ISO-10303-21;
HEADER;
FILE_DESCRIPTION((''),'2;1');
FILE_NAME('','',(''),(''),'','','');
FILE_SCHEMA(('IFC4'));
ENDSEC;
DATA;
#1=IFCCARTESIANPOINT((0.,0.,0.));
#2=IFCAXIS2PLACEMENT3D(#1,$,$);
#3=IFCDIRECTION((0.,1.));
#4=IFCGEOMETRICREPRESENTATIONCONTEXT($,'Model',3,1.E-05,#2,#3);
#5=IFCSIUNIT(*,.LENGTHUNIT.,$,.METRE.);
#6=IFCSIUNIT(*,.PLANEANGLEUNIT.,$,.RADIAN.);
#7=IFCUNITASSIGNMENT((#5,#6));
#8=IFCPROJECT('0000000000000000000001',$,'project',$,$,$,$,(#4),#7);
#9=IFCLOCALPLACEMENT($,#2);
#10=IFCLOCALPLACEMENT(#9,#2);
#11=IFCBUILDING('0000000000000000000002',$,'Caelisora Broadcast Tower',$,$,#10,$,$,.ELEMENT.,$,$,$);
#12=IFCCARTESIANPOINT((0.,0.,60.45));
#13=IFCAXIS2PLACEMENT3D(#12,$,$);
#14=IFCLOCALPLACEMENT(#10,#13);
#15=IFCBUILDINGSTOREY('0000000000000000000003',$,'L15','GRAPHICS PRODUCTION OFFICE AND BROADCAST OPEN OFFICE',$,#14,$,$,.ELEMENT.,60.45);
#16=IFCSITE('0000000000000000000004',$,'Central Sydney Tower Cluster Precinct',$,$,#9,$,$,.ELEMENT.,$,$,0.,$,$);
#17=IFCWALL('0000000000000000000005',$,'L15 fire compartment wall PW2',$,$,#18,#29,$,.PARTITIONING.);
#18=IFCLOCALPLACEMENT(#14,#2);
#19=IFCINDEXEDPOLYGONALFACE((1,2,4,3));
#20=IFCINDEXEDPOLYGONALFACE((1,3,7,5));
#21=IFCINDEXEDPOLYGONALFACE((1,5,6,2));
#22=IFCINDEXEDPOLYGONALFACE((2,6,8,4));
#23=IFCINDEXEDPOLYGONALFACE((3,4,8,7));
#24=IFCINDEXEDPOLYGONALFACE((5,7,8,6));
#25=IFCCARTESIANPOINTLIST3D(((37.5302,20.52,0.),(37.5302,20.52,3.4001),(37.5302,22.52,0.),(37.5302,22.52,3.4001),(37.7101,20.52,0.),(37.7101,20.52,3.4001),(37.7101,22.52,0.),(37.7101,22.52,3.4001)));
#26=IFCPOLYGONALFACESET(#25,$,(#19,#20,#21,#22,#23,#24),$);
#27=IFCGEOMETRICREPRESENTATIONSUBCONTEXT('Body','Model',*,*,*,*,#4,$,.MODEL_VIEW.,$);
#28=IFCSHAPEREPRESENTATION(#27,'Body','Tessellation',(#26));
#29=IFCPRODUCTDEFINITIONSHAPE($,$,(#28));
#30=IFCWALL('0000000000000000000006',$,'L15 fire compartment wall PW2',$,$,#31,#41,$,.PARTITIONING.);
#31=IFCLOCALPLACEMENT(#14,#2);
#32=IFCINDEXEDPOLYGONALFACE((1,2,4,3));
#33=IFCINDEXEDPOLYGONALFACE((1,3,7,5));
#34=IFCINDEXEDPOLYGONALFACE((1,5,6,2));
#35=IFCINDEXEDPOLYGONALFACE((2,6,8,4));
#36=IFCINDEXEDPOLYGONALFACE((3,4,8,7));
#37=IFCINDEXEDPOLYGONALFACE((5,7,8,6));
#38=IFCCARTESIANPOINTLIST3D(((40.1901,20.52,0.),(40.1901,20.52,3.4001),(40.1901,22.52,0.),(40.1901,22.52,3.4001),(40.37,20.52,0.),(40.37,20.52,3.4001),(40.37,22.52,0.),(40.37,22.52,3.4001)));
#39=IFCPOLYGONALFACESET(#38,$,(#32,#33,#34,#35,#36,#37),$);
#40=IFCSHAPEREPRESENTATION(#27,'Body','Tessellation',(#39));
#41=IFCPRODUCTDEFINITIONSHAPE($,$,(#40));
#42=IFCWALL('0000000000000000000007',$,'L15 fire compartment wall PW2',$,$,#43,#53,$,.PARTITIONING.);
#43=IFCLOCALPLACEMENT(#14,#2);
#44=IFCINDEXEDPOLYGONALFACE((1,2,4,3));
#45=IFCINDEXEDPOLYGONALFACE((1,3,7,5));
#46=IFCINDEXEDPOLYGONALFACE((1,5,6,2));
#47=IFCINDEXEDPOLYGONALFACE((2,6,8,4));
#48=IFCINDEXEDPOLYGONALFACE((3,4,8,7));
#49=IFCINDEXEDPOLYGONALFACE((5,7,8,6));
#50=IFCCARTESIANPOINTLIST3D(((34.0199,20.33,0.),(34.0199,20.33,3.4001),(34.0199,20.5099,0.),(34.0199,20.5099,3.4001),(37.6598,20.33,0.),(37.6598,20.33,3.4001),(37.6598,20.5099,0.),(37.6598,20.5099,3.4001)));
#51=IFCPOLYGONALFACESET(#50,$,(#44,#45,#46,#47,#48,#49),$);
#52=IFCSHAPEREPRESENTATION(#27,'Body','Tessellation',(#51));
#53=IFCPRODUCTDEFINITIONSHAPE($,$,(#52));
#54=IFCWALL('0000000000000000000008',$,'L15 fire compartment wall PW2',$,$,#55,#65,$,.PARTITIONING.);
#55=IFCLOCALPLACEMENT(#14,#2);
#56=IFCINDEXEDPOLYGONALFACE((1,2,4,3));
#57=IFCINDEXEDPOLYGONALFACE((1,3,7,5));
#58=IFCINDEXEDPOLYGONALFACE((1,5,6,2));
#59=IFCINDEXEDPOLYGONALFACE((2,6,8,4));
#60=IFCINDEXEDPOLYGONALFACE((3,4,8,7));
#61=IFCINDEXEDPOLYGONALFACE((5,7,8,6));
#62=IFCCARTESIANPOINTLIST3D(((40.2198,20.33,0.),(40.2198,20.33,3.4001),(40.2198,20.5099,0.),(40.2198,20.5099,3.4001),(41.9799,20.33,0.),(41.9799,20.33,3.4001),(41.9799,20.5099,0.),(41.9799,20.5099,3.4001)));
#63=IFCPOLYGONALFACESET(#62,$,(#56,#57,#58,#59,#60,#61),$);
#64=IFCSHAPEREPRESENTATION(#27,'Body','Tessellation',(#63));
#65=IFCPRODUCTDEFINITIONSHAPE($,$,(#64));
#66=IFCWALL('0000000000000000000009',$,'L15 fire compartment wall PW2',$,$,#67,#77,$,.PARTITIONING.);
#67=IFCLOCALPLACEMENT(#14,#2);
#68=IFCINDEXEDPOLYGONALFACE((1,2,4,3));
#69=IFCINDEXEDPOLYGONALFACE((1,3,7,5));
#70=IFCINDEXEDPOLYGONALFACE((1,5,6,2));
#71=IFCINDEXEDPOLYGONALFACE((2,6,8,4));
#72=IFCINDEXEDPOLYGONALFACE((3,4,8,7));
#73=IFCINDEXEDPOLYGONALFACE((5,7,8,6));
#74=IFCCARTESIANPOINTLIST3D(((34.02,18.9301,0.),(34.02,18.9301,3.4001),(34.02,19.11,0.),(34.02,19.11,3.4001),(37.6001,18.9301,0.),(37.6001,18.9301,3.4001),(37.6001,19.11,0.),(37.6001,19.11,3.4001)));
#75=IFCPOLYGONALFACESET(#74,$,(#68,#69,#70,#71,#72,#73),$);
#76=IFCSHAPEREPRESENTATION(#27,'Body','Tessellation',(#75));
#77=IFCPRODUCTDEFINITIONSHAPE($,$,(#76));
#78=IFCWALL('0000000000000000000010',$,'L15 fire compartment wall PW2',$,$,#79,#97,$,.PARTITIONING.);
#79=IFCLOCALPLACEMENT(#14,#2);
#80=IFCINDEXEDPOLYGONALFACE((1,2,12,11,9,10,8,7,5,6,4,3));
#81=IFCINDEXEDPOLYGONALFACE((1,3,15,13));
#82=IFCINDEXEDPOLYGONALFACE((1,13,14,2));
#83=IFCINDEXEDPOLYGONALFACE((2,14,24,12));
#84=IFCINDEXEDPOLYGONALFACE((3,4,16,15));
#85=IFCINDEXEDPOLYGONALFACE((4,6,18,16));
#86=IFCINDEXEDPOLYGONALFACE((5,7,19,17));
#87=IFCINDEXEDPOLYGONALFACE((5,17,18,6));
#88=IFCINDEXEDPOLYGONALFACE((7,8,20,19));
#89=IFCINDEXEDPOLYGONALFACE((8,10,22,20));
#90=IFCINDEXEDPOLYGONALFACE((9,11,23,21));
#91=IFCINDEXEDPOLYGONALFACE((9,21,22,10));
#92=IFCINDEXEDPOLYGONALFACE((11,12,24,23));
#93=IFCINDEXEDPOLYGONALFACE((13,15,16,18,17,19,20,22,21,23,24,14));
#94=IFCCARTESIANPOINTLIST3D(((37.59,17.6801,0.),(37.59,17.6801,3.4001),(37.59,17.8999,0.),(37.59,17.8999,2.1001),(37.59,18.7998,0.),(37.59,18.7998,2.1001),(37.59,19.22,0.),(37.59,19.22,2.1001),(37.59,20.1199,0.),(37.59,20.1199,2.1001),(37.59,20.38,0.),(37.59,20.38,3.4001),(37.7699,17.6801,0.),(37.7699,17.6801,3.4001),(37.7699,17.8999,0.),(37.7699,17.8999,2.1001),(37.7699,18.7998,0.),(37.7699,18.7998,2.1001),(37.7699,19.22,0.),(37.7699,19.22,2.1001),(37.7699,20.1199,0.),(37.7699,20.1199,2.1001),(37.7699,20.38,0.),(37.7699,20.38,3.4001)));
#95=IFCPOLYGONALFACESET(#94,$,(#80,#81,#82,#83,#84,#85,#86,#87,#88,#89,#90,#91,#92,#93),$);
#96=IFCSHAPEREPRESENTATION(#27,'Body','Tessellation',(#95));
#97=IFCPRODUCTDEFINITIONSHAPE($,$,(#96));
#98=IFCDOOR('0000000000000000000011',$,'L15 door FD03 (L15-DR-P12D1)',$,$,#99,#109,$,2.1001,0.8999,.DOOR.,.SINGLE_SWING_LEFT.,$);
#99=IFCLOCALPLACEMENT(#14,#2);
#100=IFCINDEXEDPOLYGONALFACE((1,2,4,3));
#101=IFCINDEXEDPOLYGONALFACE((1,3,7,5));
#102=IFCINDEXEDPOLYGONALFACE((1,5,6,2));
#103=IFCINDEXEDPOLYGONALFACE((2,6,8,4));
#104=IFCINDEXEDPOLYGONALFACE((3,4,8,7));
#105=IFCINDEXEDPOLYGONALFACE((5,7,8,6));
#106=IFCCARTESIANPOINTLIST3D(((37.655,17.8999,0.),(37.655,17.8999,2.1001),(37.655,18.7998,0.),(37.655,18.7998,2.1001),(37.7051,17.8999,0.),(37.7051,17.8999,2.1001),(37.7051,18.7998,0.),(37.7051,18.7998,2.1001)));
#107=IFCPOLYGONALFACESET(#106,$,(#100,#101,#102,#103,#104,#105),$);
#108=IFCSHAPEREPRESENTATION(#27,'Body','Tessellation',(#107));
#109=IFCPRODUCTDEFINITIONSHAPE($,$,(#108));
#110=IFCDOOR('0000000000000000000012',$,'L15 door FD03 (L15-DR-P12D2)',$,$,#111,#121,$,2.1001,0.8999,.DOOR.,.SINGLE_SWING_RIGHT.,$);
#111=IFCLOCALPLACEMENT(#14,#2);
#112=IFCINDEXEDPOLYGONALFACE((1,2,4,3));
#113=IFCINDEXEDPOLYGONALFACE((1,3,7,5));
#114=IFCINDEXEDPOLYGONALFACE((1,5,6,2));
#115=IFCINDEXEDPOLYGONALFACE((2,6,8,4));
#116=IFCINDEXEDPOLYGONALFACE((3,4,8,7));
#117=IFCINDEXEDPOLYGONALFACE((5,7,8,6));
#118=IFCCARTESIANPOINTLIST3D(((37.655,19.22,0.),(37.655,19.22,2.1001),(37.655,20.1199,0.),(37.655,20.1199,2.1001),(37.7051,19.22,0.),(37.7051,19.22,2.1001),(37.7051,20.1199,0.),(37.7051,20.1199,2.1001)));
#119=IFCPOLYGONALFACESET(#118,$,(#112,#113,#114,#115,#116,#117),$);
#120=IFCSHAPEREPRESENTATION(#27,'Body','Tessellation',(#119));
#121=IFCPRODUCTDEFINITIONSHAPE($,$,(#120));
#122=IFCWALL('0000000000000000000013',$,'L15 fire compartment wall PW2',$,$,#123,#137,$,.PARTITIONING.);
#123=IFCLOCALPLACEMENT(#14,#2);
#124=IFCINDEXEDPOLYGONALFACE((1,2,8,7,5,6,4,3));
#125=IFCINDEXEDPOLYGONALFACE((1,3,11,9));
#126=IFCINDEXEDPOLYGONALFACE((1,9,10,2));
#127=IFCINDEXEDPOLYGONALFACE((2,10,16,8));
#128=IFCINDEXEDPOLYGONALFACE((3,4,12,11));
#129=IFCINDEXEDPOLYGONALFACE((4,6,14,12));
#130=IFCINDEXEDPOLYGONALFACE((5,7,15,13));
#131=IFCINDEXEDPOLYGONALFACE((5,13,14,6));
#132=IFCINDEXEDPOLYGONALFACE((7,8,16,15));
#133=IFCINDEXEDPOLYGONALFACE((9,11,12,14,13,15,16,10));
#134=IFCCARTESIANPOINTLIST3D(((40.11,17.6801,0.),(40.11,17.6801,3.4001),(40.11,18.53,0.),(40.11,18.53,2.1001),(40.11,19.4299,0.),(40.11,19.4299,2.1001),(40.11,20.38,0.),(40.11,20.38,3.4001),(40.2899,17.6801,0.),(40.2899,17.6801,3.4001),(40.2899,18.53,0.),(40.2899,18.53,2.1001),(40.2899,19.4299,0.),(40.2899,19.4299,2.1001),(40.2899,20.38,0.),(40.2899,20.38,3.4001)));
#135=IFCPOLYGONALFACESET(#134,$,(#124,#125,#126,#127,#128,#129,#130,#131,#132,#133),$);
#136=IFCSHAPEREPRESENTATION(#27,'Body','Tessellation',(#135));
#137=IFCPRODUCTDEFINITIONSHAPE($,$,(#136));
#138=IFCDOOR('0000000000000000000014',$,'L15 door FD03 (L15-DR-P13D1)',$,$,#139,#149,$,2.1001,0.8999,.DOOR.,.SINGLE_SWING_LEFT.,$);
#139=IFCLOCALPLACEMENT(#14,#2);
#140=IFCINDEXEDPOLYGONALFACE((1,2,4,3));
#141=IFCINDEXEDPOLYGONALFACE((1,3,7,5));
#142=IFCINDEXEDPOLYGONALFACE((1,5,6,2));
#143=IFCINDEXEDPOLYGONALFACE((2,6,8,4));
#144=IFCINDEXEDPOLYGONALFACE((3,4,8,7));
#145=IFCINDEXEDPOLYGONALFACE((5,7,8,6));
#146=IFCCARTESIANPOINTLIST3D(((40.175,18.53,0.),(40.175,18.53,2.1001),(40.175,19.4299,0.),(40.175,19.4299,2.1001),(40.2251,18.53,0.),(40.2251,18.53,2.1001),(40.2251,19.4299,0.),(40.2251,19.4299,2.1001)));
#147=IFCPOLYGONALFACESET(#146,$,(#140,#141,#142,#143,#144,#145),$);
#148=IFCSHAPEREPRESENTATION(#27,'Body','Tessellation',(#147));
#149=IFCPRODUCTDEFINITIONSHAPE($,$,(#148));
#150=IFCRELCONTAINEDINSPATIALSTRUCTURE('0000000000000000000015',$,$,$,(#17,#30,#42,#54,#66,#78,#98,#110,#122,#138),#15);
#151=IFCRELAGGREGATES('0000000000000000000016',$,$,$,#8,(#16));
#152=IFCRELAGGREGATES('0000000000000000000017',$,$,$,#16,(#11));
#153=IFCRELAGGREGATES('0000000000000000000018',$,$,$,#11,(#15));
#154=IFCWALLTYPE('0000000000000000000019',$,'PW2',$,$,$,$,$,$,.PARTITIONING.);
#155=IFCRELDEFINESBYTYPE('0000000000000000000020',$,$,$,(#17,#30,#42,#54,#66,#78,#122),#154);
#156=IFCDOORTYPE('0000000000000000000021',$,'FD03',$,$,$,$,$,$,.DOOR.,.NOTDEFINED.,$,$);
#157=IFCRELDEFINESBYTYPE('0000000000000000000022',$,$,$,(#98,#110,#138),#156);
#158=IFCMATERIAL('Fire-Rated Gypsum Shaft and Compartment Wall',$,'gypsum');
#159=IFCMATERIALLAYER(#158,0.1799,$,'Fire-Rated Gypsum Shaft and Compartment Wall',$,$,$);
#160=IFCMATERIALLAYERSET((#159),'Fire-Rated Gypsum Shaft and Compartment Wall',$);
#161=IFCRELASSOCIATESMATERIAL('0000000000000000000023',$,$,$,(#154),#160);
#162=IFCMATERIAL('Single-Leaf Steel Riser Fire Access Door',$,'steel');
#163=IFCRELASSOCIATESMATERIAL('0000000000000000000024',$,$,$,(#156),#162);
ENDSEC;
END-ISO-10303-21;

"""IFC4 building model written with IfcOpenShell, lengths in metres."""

from ifc_helpers import new_model, si_unit, direction, frame, frame_2d, origin, place, context, subcontext, project, spatial, rectangle, extrude, material, layer, layer_set, type_object, element, fill, save


model = new_model("IFC4")

# Units and contexts
model_context = context("Model", 3, precision=1e-05, world=origin(), true_north=direction((0.0, 1.0)))
body_context = subcontext(model_context, "Body", "Model", "MODEL_VIEW")
ifc_project = project(units=[si_unit("LENGTHUNIT", "METRE"), si_unit("PLANEANGLEUNIT", "RADIAN")], contexts=[model_context])

# Site, building, storey
site_placement = place(None, origin())
site = spatial("IfcSite", under=ifc_project, at=site_placement, Name="Central Sydney Tower Cluster Precinct", CompositionType="ELEMENT", RefElevation=0.0)
building_placement = place(site_placement, origin())
building = spatial("IfcBuilding", under=site, at=building_placement, Name="Caelisora Broadcast Tower", CompositionType="ELEMENT")
storey_placement = place(building_placement, frame((0.0, 0.0, 60.45)))
storey = spatial("IfcBuildingStorey", under=building, at=storey_placement, Name="L15", Description="GRAPHICS PRODUCTION OFFICE AND BROADCAST OPEN OFFICE", CompositionType="ELEMENT", Elevation=60.45)

# Walls
ifc_material_1 = material(Name="Fire-Rated Gypsum Shaft and Compartment Wall", Category="gypsum")
ifc_layer_1 = layer(ifc_material_1, 0.1799, Name="Fire-Rated Gypsum Shaft and Compartment Wall")
ifc_layer_set_1 = layer_set([ifc_layer_1], Name="Fire-Rated Gypsum Shaft and Compartment Wall")
wall_type_1 = type_object("IfcWallType", Name="PW2", PredefinedType="PARTITIONING", material=ifc_layer_set_1)
for number, where, z_axis, x_axis, name in (
    (1, (37.6201, 20.52, 0.0), (0.0, 0.0, 1.0), (0.0, 1.0, 0.0), "L15 fire compartment wall PW2"),
    (2, (40.28, 20.52, 0.0), (0.0, 0.0, 1.0), (0.0, 1.0, 0.0), "L15 fire compartment wall PW2"),
):
    element("IfcWall", number, at=place(storey_placement, frame(where, z_axis=z_axis, x_axis=x_axis)), inside=storey, type_object=wall_type_1, Name=name, PredefinedType="PARTITIONING", context=body_context, shape_type="SweptSolid", body=[
        extrude(rectangle(XDim=2.0, YDim=0.1799, at=frame_2d((1.0, 0.0))), origin(), (0.0, 0.0, 1.0), 3.4001),
    ])
wall_1_placement = place(storey_placement, frame((34.02, 20.4199, 0.0), z_axis=(0.0, 0.0, 1.0), x_axis=(1.0, 0.0, 0.0)))
element("IfcWall", 3, at=wall_1_placement, inside=storey, type_object=wall_type_1, Name="L15 fire compartment wall PW2", PredefinedType="PARTITIONING", context=body_context, shape_type="SweptSolid", body=[
    extrude(rectangle(XDim=3.6399, YDim=0.1799, at=frame_2d((1.8198, 0.0))), origin(), (0.0, 0.0, 1.0), 3.4001),
])
wall_2_placement = place(storey_placement, frame((40.22, 20.4199, 0.0), z_axis=(0.0, 0.0, 1.0), x_axis=(1.0, 0.0, 0.0)))
element("IfcWall", 4, at=wall_2_placement, inside=storey, type_object=wall_type_1, Name="L15 fire compartment wall PW2", PredefinedType="PARTITIONING", context=body_context, shape_type="SweptSolid", body=[
    extrude(rectangle(XDim=1.76, YDim=0.1799, at=frame_2d((0.8799, 0.0))), origin(), (0.0, 0.0, 1.0), 3.4001),
])
wall_3_placement = place(storey_placement, frame((34.02, 19.02, 0.0), z_axis=(0.0, 0.0, 1.0), x_axis=(1.0, 0.0, 0.0)))
element("IfcWall", 5, at=wall_3_placement, inside=storey, type_object=wall_type_1, Name="L15 fire compartment wall PW2", PredefinedType="PARTITIONING", context=body_context, shape_type="SweptSolid", body=[
    extrude(rectangle(XDim=3.5801, YDim=0.1799, at=frame_2d((1.79, 0.0))), origin(), (0.0, 0.0, 1.0), 3.4001),
])

# Wall, openings, doors
wall_4_placement = place(storey_placement, frame((37.6799, 17.6799, 0.0), z_axis=(0.0, 0.0, 1.0), x_axis=(0.0, 1.0, 0.0)))
wall_4 = element("IfcWall", 6, at=wall_4_placement, inside=storey, type_object=wall_type_1, Name="L15 fire compartment wall PW2", PredefinedType="PARTITIONING", context=body_context, shape_type="SweptSolid", body=[
    extrude(rectangle(XDim=2.7, YDim=0.1799, at=frame_2d((1.3501, 0.0))), origin(), (0.0, 0.0, 1.0), 3.4001),
])
opening_1_placement = place(wall_4_placement, frame((0.22, 0.0, 0.0)))
opening_1 = element("IfcOpeningElement", 7, at=opening_1_placement, cuts=wall_4, PredefinedType="OPENING", context=body_context, shape_type="SweptSolid", body=[
    extrude(rectangle(XDim=0.8999, YDim=2.1001, at=frame_2d((0.45, 1.05))), frame((0.0, 0.1021, 0.0), z_axis=(0.0, -1.0, 0.0), x_axis=(1.0, 0.0, 0.0)), (0.0, 0.0, 1.0), 0.2039),
])
opening_2_placement = place(wall_4_placement, frame((1.54, 0.0, 0.0)))
opening_2 = element("IfcOpeningElement", 8, at=opening_2_placement, cuts=wall_4, PredefinedType="OPENING", context=body_context, shape_type="SweptSolid", body=[
    extrude(rectangle(XDim=0.8999, YDim=2.1001, at=frame_2d((0.45, 1.05))), frame((0.0, 0.1021, 0.0), z_axis=(0.0, -1.0, 0.0), x_axis=(1.0, 0.0, 0.0)), (0.0, 0.0, 1.0), 0.2039),
])
ifc_material_2 = material(Name="Single-Leaf Steel Riser Fire Access Door", Category="steel")
door_type_1 = type_object("IfcDoorType", Name="FD03", OperationType="NOTDEFINED", PredefinedType="DOOR", material=ifc_material_2)
door_1_placement = place(opening_1_placement, origin())
door_1 = element("IfcDoor", 9, at=door_1_placement, inside=storey, type_object=door_type_1, Name="L15 door FD03 (L15-DR-P12D1)", OperationType="SINGLE_SWING_LEFT", OverallHeight=2.1001, OverallWidth=0.8999, PredefinedType="DOOR", context=body_context, shape_type="SweptSolid", body=[
    extrude(rectangle(XDim=0.8999, YDim=2.1001, at=frame_2d((0.45, 1.05))), frame((0.0, 0.0249, 0.0), z_axis=(0.0, -1.0, 0.0), x_axis=(1.0, 0.0, 0.0)), (0.0, 0.0, 1.0), 0.05),
])
fill(opening_1, door_1)
door_2_placement = place(opening_2_placement, origin())
door_2 = element("IfcDoor", 10, at=door_2_placement, inside=storey, type_object=door_type_1, Name="L15 door FD03 (L15-DR-P12D2)", OperationType="SINGLE_SWING_RIGHT", OverallHeight=2.1001, OverallWidth=0.8999, PredefinedType="DOOR", context=body_context, shape_type="SweptSolid", body=[
    extrude(rectangle(XDim=0.8999, YDim=2.1001, at=frame_2d((0.45, 1.05))), frame((0.0, 0.0249, 0.0), z_axis=(0.0, -1.0, 0.0), x_axis=(1.0, 0.0, 0.0)), (0.0, 0.0, 1.0), 0.05),
])
fill(opening_2, door_2)

# Wall, opening, door
wall_5_placement = place(storey_placement, frame((40.2, 17.6799, 0.0), z_axis=(0.0, 0.0, 1.0), x_axis=(0.0, 1.0, 0.0)))
wall_5 = element("IfcWall", 11, at=wall_5_placement, inside=storey, type_object=wall_type_1, Name="L15 fire compartment wall PW2", PredefinedType="PARTITIONING", context=body_context, shape_type="SweptSolid", body=[
    extrude(rectangle(XDim=2.7, YDim=0.1799, at=frame_2d((1.3501, 0.0))), origin(), (0.0, 0.0, 1.0), 3.4001),
])
opening_3_placement = place(wall_5_placement, frame((0.8501, 0.0, 0.0)))
opening_3 = element("IfcOpeningElement", 12, at=opening_3_placement, cuts=wall_5, PredefinedType="OPENING", context=body_context, shape_type="SweptSolid", body=[
    extrude(rectangle(XDim=0.8999, YDim=2.1001, at=frame_2d((0.45, 1.05))), frame((0.0, 0.1021, 0.0), z_axis=(0.0, -1.0, 0.0), x_axis=(1.0, 0.0, 0.0)), (0.0, 0.0, 1.0), 0.2039),
])
door_3_placement = place(opening_3_placement, origin())
door_3 = element("IfcDoor", 13, at=door_3_placement, inside=storey, type_object=door_type_1, Name="L15 door FD03 (L15-DR-P13D1)", OperationType="SINGLE_SWING_LEFT", OverallHeight=2.1001, OverallWidth=0.8999, PredefinedType="DOOR", context=body_context, shape_type="SweptSolid", body=[
    extrude(rectangle(XDim=0.8999, YDim=2.1001, at=frame_2d((0.45, 1.05))), frame((0.0, 0.0249, 0.0), z_axis=(0.0, -1.0, 0.0), x_axis=(1.0, 0.0, 0.0)), (0.0, 0.0, 1.0), 0.05),
])
fill(opening_3, door_3)

save(model, "model.ifc")
